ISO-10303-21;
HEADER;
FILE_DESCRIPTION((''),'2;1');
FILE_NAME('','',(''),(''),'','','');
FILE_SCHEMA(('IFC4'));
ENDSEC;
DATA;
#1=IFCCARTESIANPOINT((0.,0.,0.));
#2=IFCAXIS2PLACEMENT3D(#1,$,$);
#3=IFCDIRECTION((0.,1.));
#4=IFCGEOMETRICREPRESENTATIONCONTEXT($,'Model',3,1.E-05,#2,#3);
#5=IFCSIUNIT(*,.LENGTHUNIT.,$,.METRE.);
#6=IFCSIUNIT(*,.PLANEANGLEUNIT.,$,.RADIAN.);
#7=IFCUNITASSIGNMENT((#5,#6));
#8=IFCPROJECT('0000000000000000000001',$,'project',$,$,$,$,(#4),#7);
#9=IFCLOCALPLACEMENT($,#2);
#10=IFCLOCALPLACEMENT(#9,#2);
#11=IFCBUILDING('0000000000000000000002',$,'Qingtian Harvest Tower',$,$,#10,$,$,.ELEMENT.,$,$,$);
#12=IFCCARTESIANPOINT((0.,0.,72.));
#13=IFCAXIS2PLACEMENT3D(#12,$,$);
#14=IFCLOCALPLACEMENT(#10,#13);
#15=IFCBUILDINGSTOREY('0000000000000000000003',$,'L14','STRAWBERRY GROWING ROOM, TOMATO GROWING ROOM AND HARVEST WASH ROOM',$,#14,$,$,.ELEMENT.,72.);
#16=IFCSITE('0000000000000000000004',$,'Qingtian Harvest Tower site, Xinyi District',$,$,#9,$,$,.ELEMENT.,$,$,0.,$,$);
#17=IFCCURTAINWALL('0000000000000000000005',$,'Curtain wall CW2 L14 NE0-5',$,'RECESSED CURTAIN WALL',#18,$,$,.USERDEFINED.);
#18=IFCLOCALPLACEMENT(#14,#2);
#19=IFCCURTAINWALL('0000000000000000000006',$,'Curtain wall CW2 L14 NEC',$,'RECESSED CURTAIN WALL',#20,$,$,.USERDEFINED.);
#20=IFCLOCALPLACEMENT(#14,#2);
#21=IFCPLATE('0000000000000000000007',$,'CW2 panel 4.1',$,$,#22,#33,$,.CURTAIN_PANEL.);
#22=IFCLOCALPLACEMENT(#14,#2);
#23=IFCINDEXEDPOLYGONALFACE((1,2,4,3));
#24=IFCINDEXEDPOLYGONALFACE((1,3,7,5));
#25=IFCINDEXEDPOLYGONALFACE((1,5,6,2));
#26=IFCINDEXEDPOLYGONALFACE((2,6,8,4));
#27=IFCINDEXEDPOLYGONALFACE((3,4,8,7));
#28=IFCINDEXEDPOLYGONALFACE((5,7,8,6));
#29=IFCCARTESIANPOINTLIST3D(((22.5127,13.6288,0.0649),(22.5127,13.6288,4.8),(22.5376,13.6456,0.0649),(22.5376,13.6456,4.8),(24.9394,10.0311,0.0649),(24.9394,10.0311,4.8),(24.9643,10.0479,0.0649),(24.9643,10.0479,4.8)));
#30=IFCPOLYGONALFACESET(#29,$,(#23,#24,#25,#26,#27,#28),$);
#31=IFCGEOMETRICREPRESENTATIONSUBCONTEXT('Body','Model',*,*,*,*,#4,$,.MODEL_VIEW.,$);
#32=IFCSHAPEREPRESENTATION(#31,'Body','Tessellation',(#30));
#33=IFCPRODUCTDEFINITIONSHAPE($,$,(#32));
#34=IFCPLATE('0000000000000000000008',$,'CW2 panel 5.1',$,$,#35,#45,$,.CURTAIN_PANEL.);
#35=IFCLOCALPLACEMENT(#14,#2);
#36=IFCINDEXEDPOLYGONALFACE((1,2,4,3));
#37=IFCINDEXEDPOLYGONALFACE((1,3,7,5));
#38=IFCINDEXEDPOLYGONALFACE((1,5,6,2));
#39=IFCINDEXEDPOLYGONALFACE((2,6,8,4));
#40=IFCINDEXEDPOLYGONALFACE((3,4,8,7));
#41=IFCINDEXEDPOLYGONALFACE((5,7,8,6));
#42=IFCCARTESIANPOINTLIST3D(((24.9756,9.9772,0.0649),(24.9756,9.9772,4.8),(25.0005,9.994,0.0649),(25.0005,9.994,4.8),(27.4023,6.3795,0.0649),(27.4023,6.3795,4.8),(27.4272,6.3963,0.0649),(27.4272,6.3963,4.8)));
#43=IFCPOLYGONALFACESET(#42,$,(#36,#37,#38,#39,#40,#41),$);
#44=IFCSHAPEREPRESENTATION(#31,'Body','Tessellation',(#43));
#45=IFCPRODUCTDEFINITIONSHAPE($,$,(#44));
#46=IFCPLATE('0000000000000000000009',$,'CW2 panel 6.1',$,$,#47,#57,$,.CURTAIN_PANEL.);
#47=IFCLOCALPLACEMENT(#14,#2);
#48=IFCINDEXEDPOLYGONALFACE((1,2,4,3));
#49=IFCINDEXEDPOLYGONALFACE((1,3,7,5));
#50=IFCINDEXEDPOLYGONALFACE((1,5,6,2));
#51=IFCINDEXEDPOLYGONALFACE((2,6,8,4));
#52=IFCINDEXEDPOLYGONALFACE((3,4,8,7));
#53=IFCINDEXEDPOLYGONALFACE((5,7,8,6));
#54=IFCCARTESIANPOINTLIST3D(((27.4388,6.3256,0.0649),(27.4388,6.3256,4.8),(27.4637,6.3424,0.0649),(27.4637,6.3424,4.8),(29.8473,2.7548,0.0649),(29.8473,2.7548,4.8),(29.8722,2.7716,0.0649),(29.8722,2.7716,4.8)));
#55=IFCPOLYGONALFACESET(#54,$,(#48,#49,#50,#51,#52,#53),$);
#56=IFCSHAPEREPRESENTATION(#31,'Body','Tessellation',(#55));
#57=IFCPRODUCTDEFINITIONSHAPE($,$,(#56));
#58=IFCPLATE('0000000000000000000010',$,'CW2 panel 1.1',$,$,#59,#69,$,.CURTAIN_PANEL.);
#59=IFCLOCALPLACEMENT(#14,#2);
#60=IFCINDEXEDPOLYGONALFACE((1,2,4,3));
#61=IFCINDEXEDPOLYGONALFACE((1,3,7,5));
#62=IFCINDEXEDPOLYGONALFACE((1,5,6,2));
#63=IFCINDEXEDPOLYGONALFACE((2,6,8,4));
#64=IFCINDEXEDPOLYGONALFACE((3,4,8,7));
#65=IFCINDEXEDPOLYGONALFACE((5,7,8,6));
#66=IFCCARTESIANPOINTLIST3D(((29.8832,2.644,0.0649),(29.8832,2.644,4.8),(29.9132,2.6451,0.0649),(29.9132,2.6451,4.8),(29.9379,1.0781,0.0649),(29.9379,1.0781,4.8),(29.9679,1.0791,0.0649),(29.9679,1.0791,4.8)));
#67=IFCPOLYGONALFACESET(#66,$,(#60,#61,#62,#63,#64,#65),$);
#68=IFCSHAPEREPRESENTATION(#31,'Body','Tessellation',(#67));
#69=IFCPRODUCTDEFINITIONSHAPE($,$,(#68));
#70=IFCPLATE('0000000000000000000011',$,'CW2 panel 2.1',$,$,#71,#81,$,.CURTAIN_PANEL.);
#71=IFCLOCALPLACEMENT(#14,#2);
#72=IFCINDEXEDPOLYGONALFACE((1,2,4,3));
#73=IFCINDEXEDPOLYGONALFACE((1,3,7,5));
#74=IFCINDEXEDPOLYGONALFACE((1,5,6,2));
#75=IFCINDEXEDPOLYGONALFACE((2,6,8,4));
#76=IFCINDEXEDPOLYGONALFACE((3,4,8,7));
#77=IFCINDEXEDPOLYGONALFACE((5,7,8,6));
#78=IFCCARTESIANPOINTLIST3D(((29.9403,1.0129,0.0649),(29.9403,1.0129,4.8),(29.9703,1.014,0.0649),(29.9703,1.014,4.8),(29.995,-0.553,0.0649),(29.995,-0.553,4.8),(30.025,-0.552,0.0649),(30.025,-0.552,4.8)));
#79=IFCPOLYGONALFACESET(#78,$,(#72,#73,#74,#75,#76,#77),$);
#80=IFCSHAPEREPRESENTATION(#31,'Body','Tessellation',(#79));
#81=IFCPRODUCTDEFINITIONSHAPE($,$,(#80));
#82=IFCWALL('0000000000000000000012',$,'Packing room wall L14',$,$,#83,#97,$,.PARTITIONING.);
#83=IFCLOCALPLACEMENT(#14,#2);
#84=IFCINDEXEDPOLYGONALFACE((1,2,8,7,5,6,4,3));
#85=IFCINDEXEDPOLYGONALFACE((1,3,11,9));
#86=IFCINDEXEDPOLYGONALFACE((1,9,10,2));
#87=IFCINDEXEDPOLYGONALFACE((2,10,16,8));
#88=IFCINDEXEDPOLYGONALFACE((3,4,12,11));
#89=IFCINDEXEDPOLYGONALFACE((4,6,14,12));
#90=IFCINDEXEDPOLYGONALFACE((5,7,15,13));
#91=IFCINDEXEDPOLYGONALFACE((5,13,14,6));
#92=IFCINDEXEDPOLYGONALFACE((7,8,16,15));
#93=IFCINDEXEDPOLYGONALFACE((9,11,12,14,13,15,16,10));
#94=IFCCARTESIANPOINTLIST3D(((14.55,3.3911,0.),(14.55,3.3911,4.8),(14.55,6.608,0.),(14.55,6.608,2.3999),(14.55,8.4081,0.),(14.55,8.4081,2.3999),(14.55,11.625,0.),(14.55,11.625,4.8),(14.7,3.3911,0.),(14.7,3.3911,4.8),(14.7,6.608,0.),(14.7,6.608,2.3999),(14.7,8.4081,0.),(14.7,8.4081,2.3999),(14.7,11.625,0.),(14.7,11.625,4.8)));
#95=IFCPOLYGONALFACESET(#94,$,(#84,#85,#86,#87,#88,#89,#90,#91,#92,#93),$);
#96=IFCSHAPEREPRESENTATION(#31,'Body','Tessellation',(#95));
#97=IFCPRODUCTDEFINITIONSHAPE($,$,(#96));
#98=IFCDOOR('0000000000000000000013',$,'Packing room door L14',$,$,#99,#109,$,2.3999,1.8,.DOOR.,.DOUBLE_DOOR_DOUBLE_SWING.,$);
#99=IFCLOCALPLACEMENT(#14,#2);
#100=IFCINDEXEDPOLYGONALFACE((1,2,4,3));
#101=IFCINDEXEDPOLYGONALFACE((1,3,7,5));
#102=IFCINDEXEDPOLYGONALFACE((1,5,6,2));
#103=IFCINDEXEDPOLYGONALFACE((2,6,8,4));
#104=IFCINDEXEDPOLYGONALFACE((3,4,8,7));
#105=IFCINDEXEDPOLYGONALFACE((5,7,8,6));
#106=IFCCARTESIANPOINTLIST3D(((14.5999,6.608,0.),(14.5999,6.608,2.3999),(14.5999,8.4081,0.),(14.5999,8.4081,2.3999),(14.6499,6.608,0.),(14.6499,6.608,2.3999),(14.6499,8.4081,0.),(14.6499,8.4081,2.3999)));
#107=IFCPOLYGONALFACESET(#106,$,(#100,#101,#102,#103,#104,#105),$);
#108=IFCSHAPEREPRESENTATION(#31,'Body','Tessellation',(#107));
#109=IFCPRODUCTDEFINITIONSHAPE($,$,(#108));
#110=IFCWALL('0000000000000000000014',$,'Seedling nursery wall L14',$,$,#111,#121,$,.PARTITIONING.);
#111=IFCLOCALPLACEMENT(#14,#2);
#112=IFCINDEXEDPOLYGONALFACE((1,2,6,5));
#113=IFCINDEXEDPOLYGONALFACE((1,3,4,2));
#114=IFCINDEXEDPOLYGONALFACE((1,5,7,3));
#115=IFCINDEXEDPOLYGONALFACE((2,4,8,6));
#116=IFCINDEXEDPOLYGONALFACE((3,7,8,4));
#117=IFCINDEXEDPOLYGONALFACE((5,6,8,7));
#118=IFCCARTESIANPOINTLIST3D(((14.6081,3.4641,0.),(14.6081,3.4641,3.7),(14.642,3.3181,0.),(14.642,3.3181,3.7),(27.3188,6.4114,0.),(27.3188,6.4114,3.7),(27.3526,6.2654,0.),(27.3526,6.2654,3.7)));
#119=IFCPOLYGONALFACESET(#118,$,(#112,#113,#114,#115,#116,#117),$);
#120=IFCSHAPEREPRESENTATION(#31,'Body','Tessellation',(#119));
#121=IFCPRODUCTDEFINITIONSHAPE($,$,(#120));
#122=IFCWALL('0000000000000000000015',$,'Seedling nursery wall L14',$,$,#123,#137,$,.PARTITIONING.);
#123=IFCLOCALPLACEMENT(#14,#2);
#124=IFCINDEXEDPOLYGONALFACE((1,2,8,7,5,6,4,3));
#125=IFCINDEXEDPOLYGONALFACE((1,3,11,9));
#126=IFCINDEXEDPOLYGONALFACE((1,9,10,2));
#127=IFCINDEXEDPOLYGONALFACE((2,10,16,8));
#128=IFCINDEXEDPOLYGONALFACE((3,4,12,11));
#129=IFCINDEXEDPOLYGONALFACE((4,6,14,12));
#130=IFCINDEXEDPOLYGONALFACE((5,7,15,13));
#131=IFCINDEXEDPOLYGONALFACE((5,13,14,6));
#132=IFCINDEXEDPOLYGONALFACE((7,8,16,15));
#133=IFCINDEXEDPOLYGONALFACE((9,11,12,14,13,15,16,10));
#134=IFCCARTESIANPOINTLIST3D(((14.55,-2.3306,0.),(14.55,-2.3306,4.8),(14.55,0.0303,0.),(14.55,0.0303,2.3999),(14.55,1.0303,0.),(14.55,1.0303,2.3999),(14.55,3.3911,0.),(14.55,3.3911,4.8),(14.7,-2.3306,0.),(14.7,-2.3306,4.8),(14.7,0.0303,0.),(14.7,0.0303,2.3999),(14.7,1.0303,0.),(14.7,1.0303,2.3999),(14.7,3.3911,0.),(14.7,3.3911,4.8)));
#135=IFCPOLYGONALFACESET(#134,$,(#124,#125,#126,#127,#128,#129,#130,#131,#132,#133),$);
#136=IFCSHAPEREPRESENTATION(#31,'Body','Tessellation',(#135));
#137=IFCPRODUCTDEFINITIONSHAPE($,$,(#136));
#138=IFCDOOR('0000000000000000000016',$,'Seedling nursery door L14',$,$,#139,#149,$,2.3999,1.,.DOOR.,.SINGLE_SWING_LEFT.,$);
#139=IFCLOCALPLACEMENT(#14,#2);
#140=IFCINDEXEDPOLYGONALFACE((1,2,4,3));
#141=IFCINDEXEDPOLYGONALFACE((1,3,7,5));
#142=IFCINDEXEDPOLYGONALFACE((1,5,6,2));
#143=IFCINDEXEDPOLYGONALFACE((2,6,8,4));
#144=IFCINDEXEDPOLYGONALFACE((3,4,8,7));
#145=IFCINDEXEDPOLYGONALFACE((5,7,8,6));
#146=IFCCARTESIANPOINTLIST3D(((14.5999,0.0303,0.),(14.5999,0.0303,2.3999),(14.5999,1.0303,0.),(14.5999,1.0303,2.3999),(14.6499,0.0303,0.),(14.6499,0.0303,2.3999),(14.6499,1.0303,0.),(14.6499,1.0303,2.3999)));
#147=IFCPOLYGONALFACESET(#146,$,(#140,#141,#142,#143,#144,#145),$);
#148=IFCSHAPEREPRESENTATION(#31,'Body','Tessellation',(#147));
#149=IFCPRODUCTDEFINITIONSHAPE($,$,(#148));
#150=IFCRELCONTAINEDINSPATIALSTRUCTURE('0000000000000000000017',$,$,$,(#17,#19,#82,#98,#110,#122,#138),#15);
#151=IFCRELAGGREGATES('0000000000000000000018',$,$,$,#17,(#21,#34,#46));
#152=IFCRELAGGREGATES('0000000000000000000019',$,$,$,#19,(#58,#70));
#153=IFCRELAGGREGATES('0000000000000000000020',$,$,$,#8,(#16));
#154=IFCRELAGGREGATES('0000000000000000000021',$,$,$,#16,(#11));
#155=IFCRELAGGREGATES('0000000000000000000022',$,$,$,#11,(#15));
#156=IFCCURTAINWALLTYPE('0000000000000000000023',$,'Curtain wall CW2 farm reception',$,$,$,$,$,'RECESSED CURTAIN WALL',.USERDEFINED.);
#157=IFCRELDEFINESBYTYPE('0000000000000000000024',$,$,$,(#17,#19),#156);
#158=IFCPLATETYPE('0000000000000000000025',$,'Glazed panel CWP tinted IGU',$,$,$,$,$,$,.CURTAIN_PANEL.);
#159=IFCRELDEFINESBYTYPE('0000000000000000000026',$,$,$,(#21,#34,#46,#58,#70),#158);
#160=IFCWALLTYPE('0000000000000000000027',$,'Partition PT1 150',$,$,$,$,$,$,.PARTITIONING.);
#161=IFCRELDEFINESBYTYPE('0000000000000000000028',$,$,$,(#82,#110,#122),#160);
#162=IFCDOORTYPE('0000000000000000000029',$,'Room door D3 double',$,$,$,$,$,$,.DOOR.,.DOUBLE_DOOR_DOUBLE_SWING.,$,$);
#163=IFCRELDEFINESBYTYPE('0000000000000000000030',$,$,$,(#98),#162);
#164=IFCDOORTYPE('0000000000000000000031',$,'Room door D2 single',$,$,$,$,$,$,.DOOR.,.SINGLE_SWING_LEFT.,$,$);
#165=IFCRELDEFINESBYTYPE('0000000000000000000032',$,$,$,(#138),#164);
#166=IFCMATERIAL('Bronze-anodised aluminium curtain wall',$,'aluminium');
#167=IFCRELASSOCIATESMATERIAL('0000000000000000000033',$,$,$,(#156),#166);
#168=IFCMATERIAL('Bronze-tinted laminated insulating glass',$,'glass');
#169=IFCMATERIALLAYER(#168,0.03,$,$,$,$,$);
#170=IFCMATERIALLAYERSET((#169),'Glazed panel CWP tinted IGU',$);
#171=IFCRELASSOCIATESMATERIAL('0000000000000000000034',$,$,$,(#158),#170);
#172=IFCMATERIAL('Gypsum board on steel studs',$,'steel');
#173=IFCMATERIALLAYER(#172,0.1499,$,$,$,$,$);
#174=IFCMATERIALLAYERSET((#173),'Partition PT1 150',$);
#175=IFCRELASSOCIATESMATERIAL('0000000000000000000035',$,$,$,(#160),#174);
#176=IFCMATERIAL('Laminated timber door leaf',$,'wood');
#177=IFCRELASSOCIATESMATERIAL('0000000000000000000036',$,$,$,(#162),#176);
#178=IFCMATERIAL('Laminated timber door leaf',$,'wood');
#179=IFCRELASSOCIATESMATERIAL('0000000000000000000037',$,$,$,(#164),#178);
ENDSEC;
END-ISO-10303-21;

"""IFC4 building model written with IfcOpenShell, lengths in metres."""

from ifc_helpers import new_model, si_unit, direction, frame, frame_2d, origin, origin_2d, place, context, subcontext, project, spatial, rectangle, extrude, material, layer, layer_set, type_object, element, fill, aggregate, save


model = new_model("IFC4")

# Units and contexts
model_context = context("Model", 3, precision=1e-05, world=origin(), true_north=direction((0.0, 1.0)))
body_context = subcontext(model_context, "Body", "Model", "MODEL_VIEW")
ifc_project = project(units=[si_unit("LENGTHUNIT", "METRE"), si_unit("PLANEANGLEUNIT", "RADIAN")], contexts=[model_context])

# Site, building, storey
site_placement = place(None, origin())
site = spatial("IfcSite", under=ifc_project, at=site_placement, Name="Qingtian Harvest Tower site, Xinyi District", CompositionType="ELEMENT", RefElevation=0.0)
building_placement = place(site_placement, origin())
building = spatial("IfcBuilding", under=site, at=building_placement, Name="Qingtian Harvest Tower", CompositionType="ELEMENT")
storey_placement = place(building_placement, frame((0.0, 0.0, 72.0)))
storey = spatial("IfcBuildingStorey", under=building, at=storey_placement, Name="L14", Description="STRAWBERRY GROWING ROOM, TOMATO GROWING ROOM AND HARVEST WASH ROOM", CompositionType="ELEMENT", Elevation=72.0)

# Curtain walls
ifc_material_1 = material(Name="Bronze-anodised aluminium curtain wall", Category="aluminium")
curtain_wall_type = type_object("IfcCurtainWallType", Name="Curtain wall CW2 farm reception", ElementType="RECESSED CURTAIN WALL", PredefinedType="USERDEFINED", material=ifc_material_1)
curtain_wall_1_placement = place(storey_placement, origin())
curtain_wall_1 = element("IfcCurtainWall", 1, at=curtain_wall_1_placement, inside=storey, type_object=curtain_wall_type, Name="Curtain wall CW2 L14 NE0-5", ObjectType="RECESSED CURTAIN WALL", PredefinedType="USERDEFINED")
curtain_wall_2_placement = place(storey_placement, origin())
curtain_wall_2 = element("IfcCurtainWall", 2, at=curtain_wall_2_placement, inside=storey, type_object=curtain_wall_type, Name="Curtain wall CW2 L14 NEC", ObjectType="RECESSED CURTAIN WALL", PredefinedType="USERDEFINED")

# Plates
ifc_material_2 = material(Name="Bronze-tinted laminated insulating glass", Category="glass")
ifc_layer_1 = layer(ifc_material_2, 0.03)
ifc_layer_set_1 = layer_set([ifc_layer_1], Name="Glazed panel CWP tinted IGU")
plate_type = type_object("IfcPlateType", Name="Glazed panel CWP tinted IGU", PredefinedType="CURTAIN_PANEL", material=ifc_layer_set_1)
plate_1_placement = place(storey_placement, frame((23.7385, 11.8384, 0.0649), z_axis=(0.0, 0.0, 1.0), x_axis=(0.559193, -0.829038, 0.0)))
plate_1 = element("IfcPlate", 3, at=plate_1_placement, type_object=plate_type, Name="CW2 panel 4.1", PredefinedType="CURTAIN_PANEL", context=body_context, shape_type="SweptSolid", body=[
    extrude(rectangle(XDim=4.3396, YDim=0.03, at=origin_2d()), origin(), (0.0, 0.0, 1.0), 4.7351),
])
plate_2_placement = place(storey_placement, frame((26.2014, 8.1868, 0.0649), z_axis=(0.0, 0.0, 1.0), x_axis=(0.559193, -0.829038, 0.0)))
plate_2 = element("IfcPlate", 4, at=plate_2_placement, type_object=plate_type, Name="CW2 panel 5.1", PredefinedType="CURTAIN_PANEL", context=body_context, shape_type="SweptSolid", body=[
    extrude(rectangle(XDim=4.3396, YDim=0.03, at=origin_2d()), origin(), (0.0, 0.0, 1.0), 4.7351),
])
plate_3_placement = place(storey_placement, frame((28.6555, 4.5486, 0.0649), z_axis=(0.0, 0.0, 1.0), x_axis=(0.559193, -0.829038, 0.0)))
plate_3 = element("IfcPlate", 5, at=plate_3_placement, type_object=plate_type, Name="CW2 panel 6.1", PredefinedType="CURTAIN_PANEL", context=body_context, shape_type="SweptSolid", body=[
    extrude(rectangle(XDim=4.3071, YDim=0.03, at=origin_2d()), origin(), (0.0, 0.0, 1.0), 4.7351),
])
aggregate(curtain_wall_1, [plate_1, plate_2, plate_3])
plate_4_placement = place(storey_placement, frame((29.9255, 1.8616, 0.0649), z_axis=(0.0, 0.0, 1.0), x_axis=(0.034899, -0.999391, 0.0)))
plate_4 = element("IfcPlate", 6, at=plate_4_placement, type_object=plate_type, Name="CW2 panel 1.1", PredefinedType="CURTAIN_PANEL", context=body_context, shape_type="SweptSolid", body=[
    extrude(rectangle(XDim=1.5669, YDim=0.03, at=origin_2d()), origin(), (0.0, 0.0, 1.0), 4.7351),
])
plate_5_placement = place(storey_placement, frame((29.9827, 0.2305, 0.0649), z_axis=(0.0, 0.0, 1.0), x_axis=(0.034899, -0.999391, 0.0)))
plate_5 = element("IfcPlate", 7, at=plate_5_placement, type_object=plate_type, Name="CW2 panel 2.1", PredefinedType="CURTAIN_PANEL", context=body_context, shape_type="SweptSolid", body=[
    extrude(rectangle(XDim=1.5669, YDim=0.03, at=origin_2d()), origin(), (0.0, 0.0, 1.0), 4.7351),
])
aggregate(curtain_wall_2, [plate_4, plate_5])

# Wall, opening, door
ifc_material_3 = material(Name="Gypsum board on steel studs", Category="steel")
ifc_layer_2 = layer(ifc_material_3, 0.1499)
ifc_layer_set_2 = layer_set([ifc_layer_2], Name="Partition PT1 150")
wall_type = type_object("IfcWallType", Name="Partition PT1 150", PredefinedType="PARTITIONING", material=ifc_layer_set_2)
wall_1_placement = place(storey_placement, frame((14.625, 11.625, 0.0), z_axis=(0.0, 0.0, 1.0), x_axis=(0.0, -1.0, 0.0)))
wall_1 = element("IfcWall", 8, at=wall_1_placement, inside=storey, type_object=wall_type, Name="Packing room wall L14", PredefinedType="PARTITIONING", context=body_context, shape_type="SweptSolid", body=[
    extrude(rectangle(XDim=8.2339, YDim=0.1499, at=frame_2d((4.1169, 0.0))), origin(), (0.0, 0.0, 1.0), 4.8),
])
opening_1_placement = place(wall_1_placement, frame((3.217, 0.0, 0.0)))
opening_1 = element("IfcOpeningElement", 9, at=opening_1_placement, cuts=wall_1, PredefinedType="OPENING", context=body_context, shape_type="SweptSolid", body=[
    extrude(rectangle(XDim=1.8, YDim=2.3999, at=frame_2d((0.8999, 1.2))), frame((0.0, 0.085, 0.0), z_axis=(0.0, -1.0, 0.0), x_axis=(1.0, 0.0, 0.0)), (0.0, 0.0, 1.0), 0.1699),
])
ifc_material_4 = material(Name="Laminated timber door leaf", Category="wood")
door_type_1 = type_object("IfcDoorType", Name="Room door D3 double", OperationType="DOUBLE_DOOR_DOUBLE_SWING", PredefinedType="DOOR", material=ifc_material_4)
door_1_placement = place(opening_1_placement, origin())
door_1 = element("IfcDoor", 10, at=door_1_placement, inside=storey, type_object=door_type_1, Name="Packing room door L14", OperationType="DOUBLE_DOOR_DOUBLE_SWING", OverallHeight=2.3999, OverallWidth=1.8, PredefinedType="DOOR", context=body_context, shape_type="SweptSolid", body=[
    extrude(rectangle(XDim=1.8, YDim=2.3999, at=frame_2d((0.8999, 1.2))), frame((0.0, 0.0249, 0.0), z_axis=(0.0, -1.0, 0.0), x_axis=(1.0, 0.0, 0.0)), (0.0, 0.0, 1.0), 0.05),
])
fill(opening_1, door_1)

# Wall
wall_2_placement = place(storey_placement, frame((27.3357, 6.3384, 0.0), z_axis=(0.0, 0.0, 1.0), x_axis=(-0.974155, -0.22588, 0.0)))
element("IfcWall", 11, at=wall_2_placement, inside=storey, type_object=wall_type, Name="Seedling nursery wall L14", PredefinedType="PARTITIONING", context=body_context, shape_type="SweptSolid", body=[
    extrude(rectangle(XDim=13.0479, YDim=0.1499, at=frame_2d((6.5239, 0.0))), origin(), (0.0, 0.0, 1.0), 3.7),
])

# Wall, opening, door
wall_3_placement = place(storey_placement, frame((14.625, 3.3911, 0.0), z_axis=(0.0, 0.0, 1.0), x_axis=(0.0, -1.0, 0.0)))
wall_3 = element("IfcWall", 12, at=wall_3_placement, inside=storey, type_object=wall_type, Name="Seedling nursery wall L14", PredefinedType="PARTITIONING", context=body_context, shape_type="SweptSolid", body=[
    extrude(rectangle(XDim=5.7217, YDim=0.1499, at=frame_2d((2.8608, 0.0))), origin(), (0.0, 0.0, 1.0), 4.8),
])
opening_2_placement = place(wall_3_placement, frame((2.3608, 0.0, 0.0)))
opening_2 = element("IfcOpeningElement", 13, at=opening_2_placement, cuts=wall_3, PredefinedType="OPENING", context=body_context, shape_type="SweptSolid", body=[
    extrude(rectangle(XDim=1.0, YDim=2.3999, at=frame_2d((0.5, 1.2))), frame((0.0, 0.085, 0.0), z_axis=(0.0, -1.0, 0.0), x_axis=(1.0, 0.0, 0.0)), (0.0, 0.0, 1.0), 0.1699),
])
ifc_material_5 = material(Name="Laminated timber door leaf", Category="wood")
door_type_2 = type_object("IfcDoorType", Name="Room door D2 single", OperationType="SINGLE_SWING_LEFT", PredefinedType="DOOR", material=ifc_material_5)
door_2_placement = place(opening_2_placement, origin())
door_2 = element("IfcDoor", 14, at=door_2_placement, inside=storey, type_object=door_type_2, Name="Seedling nursery door L14", OperationType="SINGLE_SWING_LEFT", OverallHeight=2.3999, OverallWidth=1.0, PredefinedType="DOOR", context=body_context, shape_type="SweptSolid", body=[
    extrude(rectangle(XDim=1.0, YDim=2.3999, at=frame_2d((0.5, 1.2))), frame((0.0, 0.0249, 0.0), z_axis=(0.0, -1.0, 0.0), x_axis=(1.0, 0.0, 0.0)), (0.0, 0.0, 1.0), 0.05),
])
fill(opening_2, door_2)

save(model, "model.ifc")
